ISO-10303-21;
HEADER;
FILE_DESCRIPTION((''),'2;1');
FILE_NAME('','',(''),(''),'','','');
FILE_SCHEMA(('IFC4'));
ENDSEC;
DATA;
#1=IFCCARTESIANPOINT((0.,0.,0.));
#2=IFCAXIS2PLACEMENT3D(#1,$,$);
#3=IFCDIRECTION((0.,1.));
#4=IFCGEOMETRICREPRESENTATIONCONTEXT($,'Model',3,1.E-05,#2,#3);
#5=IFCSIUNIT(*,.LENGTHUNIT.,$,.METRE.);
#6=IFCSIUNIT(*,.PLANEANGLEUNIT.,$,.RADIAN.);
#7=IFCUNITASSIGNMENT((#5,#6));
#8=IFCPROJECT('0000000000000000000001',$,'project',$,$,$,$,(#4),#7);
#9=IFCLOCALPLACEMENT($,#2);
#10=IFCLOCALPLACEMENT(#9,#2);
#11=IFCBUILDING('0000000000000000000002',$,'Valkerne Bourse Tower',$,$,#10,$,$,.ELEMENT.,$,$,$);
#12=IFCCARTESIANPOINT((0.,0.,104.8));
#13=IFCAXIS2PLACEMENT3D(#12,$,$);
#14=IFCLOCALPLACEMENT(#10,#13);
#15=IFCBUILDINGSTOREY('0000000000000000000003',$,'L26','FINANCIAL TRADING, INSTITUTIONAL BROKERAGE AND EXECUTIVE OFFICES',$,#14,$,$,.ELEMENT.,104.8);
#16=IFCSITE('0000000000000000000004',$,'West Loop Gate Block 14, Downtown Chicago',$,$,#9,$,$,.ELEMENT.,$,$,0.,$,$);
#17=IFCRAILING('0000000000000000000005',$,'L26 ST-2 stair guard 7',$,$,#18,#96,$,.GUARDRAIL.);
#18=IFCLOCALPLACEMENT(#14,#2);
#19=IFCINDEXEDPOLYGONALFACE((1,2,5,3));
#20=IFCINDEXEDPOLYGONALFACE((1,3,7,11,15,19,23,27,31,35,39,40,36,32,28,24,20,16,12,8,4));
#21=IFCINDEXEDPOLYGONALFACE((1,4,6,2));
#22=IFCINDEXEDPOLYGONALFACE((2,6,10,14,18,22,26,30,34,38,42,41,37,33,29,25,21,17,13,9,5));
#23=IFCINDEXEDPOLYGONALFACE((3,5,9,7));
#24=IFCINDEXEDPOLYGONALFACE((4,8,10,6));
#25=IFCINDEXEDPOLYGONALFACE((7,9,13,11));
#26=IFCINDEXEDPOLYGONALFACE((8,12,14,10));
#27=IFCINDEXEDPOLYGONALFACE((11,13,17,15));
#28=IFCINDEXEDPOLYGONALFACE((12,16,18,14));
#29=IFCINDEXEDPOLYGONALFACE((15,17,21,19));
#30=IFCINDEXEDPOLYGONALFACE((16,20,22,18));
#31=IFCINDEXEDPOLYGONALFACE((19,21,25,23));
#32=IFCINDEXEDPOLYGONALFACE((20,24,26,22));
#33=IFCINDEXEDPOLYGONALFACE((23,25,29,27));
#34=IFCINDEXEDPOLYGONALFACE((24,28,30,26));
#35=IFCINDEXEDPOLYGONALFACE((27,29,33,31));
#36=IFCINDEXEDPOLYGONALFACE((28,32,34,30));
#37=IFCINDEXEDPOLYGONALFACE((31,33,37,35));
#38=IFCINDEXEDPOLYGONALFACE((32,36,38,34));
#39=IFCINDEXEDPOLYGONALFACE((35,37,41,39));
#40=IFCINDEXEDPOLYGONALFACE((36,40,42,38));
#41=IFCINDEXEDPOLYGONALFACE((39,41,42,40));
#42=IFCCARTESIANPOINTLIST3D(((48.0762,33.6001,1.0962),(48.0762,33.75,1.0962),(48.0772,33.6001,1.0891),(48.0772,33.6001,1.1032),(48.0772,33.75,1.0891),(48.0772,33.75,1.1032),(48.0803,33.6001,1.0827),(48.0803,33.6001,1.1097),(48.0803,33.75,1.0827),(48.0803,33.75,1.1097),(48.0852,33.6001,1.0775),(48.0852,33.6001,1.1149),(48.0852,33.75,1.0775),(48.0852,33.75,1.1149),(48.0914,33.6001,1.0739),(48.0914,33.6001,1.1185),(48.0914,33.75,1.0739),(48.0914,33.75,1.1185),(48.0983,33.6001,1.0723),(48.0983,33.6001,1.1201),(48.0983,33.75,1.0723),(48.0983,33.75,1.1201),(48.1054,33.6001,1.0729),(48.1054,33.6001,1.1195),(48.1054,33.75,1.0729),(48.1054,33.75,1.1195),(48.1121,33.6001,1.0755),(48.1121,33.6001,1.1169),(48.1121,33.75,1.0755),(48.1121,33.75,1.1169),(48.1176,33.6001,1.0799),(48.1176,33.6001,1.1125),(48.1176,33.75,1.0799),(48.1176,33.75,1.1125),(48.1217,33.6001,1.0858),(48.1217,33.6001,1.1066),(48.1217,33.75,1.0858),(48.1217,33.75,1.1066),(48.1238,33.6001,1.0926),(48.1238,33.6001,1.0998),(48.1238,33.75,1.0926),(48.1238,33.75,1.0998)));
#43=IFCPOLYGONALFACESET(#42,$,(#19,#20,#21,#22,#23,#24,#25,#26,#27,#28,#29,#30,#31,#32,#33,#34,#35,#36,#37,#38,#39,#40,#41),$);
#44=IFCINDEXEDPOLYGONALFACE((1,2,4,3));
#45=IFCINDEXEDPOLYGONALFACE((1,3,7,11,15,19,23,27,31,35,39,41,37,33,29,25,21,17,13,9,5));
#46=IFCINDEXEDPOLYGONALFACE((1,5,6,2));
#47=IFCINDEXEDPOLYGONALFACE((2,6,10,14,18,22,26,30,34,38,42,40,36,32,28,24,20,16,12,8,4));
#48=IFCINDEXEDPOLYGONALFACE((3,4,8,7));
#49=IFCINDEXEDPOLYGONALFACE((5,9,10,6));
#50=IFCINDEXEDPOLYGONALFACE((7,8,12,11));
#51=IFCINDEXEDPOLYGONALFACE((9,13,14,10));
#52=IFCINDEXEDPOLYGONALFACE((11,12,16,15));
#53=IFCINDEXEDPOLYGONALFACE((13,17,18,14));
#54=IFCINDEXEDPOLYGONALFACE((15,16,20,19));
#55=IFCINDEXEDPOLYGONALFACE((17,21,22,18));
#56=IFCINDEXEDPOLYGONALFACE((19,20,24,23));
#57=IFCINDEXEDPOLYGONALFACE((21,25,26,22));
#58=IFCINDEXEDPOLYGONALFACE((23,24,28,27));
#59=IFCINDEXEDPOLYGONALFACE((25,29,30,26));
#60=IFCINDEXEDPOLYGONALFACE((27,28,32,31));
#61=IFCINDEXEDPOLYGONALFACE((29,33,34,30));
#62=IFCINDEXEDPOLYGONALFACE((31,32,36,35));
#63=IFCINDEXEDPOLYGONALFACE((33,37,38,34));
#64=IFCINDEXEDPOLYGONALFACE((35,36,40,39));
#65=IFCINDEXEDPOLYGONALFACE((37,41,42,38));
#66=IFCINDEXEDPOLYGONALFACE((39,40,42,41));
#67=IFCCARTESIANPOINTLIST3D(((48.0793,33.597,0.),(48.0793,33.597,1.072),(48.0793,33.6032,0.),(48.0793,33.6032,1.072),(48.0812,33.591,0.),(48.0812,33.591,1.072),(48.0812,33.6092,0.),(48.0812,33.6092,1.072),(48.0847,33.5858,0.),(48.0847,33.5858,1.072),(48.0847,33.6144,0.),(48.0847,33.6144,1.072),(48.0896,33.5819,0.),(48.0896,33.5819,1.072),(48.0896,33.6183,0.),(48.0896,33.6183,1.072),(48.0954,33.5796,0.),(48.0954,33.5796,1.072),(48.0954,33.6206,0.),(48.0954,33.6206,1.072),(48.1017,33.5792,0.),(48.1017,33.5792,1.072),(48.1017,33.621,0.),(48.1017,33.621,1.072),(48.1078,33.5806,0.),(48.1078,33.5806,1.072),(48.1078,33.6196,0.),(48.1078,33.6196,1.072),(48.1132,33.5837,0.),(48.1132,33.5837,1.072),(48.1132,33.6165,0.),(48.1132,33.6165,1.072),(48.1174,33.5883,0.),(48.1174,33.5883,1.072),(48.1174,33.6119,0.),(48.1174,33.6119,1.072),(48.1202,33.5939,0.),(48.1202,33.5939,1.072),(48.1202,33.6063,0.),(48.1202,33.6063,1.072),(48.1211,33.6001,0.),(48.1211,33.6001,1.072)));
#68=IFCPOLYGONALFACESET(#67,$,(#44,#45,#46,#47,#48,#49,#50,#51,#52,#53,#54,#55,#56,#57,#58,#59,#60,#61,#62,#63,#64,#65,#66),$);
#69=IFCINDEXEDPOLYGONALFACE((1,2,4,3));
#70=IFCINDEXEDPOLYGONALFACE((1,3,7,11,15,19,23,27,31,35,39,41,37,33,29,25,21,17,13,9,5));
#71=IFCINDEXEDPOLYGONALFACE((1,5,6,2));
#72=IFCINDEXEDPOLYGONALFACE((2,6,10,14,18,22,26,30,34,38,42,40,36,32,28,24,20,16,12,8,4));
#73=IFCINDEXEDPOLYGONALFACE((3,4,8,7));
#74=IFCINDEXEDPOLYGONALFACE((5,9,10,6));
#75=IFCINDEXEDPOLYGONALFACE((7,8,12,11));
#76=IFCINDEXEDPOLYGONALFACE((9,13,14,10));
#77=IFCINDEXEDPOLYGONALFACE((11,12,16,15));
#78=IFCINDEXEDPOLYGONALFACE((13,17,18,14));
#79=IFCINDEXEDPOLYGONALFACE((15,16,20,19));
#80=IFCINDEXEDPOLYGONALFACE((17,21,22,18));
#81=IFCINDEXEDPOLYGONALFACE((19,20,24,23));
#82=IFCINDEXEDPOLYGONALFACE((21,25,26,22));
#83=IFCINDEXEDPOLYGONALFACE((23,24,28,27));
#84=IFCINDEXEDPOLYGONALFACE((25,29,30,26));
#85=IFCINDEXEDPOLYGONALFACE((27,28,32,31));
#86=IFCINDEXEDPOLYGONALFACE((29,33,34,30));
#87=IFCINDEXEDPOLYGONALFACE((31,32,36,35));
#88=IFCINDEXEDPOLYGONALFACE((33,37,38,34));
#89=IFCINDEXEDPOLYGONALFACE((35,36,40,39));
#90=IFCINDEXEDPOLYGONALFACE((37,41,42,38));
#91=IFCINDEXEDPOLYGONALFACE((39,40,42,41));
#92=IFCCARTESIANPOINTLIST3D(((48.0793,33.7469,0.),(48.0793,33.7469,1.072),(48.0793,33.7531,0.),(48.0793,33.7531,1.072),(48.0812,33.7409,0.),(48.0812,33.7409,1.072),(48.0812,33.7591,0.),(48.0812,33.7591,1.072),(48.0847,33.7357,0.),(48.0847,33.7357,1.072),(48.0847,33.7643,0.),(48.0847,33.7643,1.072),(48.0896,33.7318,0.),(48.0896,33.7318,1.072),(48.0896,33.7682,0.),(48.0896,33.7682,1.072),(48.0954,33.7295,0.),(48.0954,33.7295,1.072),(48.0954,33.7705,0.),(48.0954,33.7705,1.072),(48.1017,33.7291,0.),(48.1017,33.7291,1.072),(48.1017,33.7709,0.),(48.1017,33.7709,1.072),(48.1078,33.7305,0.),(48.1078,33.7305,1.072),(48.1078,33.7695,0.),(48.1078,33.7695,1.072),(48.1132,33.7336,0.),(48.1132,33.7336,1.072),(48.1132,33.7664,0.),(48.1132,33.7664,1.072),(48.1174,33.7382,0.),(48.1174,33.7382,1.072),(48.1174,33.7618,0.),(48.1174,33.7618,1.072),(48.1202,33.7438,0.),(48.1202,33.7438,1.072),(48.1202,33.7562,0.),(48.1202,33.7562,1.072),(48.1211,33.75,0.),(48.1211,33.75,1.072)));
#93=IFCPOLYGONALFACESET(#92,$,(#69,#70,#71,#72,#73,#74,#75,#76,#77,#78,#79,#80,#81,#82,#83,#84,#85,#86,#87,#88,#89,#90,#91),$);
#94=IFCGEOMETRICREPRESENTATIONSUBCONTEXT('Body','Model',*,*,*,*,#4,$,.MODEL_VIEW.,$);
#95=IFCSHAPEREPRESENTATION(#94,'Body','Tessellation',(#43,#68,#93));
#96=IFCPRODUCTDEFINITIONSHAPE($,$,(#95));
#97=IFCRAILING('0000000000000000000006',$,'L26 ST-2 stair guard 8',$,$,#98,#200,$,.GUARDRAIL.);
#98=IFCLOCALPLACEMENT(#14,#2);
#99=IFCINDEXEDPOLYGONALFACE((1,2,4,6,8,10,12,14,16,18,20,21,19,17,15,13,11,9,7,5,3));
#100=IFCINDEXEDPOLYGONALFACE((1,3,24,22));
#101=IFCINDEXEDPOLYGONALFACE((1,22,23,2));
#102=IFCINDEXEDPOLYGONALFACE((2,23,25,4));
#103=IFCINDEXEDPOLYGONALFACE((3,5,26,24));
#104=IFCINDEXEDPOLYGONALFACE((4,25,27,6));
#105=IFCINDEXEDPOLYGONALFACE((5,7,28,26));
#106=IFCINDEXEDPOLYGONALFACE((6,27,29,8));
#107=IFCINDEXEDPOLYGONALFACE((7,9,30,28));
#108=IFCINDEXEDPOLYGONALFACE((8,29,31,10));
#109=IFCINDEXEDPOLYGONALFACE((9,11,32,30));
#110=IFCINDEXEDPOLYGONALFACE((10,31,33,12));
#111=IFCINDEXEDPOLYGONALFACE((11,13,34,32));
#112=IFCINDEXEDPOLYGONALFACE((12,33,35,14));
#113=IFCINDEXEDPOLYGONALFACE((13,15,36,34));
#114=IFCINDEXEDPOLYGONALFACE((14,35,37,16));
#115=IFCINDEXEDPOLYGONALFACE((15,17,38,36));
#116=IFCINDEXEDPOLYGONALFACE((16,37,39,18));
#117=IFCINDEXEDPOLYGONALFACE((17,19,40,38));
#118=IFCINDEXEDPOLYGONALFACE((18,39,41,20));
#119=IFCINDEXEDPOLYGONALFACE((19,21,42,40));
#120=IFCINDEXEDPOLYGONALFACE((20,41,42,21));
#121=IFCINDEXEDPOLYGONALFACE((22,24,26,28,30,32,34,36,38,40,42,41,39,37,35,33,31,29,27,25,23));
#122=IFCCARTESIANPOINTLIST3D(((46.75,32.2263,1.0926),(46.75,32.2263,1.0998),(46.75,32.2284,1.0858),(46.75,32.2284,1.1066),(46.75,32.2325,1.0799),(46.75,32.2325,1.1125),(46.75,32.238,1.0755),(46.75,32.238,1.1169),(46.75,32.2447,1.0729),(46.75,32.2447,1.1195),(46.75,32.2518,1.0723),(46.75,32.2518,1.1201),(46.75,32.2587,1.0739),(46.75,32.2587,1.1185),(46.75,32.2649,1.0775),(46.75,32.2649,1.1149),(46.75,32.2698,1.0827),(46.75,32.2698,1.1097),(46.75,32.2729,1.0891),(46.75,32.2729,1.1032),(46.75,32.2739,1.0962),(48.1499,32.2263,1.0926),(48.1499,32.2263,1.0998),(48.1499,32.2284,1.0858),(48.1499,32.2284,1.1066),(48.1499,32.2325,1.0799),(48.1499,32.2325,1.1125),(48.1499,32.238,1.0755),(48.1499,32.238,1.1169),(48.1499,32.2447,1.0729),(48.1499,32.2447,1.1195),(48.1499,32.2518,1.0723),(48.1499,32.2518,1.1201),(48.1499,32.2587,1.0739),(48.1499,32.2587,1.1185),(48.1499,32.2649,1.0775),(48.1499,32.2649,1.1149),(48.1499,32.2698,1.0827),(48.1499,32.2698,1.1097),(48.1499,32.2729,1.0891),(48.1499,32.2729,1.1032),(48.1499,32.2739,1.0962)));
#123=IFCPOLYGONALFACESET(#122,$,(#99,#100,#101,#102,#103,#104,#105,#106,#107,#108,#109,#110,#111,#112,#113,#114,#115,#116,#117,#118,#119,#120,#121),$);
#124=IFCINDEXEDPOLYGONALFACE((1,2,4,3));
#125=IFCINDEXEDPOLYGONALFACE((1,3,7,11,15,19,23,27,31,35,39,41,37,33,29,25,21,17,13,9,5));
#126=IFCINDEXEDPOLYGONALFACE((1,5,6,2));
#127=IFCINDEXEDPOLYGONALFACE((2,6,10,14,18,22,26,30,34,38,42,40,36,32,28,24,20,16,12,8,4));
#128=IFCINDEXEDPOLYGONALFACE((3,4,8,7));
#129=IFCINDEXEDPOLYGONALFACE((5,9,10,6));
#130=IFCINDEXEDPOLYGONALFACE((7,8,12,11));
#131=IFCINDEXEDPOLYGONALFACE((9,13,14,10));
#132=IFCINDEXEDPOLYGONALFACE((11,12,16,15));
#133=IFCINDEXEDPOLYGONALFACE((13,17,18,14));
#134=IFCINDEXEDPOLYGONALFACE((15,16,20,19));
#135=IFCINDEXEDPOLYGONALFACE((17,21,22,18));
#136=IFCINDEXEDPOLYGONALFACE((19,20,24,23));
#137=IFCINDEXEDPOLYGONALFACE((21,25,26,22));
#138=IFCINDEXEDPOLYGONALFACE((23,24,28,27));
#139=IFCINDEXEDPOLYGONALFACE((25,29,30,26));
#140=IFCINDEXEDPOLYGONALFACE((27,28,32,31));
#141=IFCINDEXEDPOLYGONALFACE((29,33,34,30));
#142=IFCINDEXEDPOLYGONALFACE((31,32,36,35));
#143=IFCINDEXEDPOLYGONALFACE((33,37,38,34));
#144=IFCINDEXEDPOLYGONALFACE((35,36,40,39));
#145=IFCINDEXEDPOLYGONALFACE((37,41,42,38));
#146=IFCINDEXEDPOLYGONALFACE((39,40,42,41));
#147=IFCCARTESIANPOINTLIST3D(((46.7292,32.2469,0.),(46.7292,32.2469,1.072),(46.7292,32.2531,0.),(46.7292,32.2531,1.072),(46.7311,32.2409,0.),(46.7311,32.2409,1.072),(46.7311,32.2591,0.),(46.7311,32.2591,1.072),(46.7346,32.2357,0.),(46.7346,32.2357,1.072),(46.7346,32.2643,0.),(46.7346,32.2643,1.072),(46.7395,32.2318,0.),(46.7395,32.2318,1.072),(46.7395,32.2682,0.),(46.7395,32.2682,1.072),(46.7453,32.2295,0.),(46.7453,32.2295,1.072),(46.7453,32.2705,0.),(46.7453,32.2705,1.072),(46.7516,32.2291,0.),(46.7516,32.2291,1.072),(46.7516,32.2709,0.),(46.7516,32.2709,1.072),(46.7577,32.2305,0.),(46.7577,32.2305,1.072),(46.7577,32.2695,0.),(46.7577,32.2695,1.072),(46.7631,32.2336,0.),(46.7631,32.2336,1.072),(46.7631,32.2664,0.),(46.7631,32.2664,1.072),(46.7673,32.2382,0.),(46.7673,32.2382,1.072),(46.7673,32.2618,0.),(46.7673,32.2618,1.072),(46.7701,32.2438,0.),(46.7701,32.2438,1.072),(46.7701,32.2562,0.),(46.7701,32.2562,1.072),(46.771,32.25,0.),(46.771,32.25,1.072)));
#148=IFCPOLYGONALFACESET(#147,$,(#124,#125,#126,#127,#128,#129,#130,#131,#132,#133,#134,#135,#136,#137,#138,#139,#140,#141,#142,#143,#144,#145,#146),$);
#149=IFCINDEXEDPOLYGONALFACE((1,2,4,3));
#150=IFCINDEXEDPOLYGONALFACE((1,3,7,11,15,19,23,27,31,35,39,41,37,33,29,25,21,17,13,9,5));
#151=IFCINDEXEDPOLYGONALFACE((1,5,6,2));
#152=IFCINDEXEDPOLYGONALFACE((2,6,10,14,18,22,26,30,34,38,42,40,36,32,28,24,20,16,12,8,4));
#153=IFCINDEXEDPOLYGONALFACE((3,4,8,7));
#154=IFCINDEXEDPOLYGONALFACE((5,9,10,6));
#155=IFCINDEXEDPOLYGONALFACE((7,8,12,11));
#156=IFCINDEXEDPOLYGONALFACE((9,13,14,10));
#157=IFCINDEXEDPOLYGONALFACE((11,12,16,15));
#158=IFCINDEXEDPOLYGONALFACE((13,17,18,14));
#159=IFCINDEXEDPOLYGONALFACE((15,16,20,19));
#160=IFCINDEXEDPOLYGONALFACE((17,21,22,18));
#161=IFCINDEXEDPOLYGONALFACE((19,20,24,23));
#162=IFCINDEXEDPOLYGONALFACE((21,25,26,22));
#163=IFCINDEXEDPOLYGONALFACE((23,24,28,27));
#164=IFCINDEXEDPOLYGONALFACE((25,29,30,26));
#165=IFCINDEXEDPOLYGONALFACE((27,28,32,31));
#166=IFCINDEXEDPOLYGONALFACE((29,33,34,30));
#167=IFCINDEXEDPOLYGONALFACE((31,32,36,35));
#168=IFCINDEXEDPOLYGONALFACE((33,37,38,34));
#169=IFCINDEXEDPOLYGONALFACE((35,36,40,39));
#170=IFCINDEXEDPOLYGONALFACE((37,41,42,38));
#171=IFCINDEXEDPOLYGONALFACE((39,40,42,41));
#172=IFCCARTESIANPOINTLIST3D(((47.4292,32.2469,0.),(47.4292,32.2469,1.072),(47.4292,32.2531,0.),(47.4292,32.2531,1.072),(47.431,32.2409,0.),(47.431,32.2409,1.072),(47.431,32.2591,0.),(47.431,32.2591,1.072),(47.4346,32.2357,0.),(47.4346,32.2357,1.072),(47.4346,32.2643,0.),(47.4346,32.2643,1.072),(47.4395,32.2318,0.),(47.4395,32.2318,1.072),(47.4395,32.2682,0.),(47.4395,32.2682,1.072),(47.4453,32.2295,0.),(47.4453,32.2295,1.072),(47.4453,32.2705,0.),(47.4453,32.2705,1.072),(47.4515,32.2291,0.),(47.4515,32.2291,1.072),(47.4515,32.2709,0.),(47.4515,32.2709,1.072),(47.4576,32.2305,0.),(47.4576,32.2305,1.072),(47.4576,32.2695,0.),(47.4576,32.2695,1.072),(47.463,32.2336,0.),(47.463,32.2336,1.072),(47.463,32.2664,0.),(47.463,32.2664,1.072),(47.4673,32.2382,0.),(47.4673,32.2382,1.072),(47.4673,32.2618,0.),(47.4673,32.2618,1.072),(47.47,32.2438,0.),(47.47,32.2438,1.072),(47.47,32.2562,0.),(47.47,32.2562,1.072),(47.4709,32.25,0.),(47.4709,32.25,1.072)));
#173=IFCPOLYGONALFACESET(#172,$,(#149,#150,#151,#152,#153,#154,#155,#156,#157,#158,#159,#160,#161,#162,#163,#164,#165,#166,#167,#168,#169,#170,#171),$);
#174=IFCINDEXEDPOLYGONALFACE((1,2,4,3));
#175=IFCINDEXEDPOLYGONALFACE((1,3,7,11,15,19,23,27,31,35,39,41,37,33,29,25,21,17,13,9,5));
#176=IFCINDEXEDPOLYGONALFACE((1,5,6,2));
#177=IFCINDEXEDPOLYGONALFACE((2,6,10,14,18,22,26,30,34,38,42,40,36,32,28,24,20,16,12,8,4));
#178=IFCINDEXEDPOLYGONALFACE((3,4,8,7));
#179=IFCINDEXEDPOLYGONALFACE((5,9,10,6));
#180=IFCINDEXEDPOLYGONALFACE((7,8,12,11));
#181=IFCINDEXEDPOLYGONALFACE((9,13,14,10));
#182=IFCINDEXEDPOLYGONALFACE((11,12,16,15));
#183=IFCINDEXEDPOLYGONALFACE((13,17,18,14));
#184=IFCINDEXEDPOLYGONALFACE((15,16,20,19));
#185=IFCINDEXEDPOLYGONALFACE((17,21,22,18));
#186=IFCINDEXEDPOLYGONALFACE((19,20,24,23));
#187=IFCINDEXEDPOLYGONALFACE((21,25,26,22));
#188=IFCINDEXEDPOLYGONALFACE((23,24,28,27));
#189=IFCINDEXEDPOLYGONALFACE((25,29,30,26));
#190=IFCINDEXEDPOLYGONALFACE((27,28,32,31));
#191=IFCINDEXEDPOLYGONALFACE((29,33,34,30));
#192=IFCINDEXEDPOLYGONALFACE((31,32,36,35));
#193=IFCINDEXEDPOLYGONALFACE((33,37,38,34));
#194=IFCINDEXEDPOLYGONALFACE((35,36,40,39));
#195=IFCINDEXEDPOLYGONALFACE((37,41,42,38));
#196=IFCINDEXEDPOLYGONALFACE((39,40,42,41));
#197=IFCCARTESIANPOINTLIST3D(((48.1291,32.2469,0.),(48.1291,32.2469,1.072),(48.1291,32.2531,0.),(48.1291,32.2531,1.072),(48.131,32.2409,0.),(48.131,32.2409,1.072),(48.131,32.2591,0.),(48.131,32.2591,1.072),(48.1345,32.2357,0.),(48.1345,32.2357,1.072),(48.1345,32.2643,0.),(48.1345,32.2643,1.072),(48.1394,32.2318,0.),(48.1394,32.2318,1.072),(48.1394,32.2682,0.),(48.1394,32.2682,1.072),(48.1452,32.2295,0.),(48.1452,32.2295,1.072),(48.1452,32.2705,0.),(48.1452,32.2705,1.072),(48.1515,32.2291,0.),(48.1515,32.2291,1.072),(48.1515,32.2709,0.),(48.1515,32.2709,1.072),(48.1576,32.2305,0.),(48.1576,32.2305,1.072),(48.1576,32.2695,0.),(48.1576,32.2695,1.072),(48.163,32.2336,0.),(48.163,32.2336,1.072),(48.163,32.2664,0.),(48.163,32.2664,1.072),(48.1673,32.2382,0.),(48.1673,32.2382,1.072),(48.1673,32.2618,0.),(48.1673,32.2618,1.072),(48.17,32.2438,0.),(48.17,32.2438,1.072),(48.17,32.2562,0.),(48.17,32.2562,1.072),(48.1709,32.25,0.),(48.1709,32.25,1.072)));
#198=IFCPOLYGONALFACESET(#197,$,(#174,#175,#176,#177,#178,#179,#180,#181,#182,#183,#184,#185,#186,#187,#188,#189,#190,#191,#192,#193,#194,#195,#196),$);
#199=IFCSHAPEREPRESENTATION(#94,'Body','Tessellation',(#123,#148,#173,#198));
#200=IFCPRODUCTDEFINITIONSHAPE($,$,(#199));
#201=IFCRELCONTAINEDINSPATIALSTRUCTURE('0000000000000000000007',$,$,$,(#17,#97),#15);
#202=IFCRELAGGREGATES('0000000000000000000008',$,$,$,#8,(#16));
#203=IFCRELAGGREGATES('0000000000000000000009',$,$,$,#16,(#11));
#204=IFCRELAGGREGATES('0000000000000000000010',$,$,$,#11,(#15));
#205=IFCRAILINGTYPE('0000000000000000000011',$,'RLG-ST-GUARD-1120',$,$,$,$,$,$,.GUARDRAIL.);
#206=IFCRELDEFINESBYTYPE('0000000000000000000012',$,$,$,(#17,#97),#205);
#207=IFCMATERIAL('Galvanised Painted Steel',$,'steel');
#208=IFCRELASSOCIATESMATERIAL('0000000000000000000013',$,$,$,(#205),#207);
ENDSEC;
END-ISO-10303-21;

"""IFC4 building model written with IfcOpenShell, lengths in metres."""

from ifc_helpers import new_model, si_unit, direction, frame, origin, origin_2d, place, context, subcontext, project, spatial, circle, extrude, material, type_object, element, save


model = new_model("IFC4")

# Units and contexts
model_context = context("Model", 3, precision=1e-05, world=origin(), true_north=direction((0.0, 1.0)))
body_context = subcontext(model_context, "Body", "Model", "MODEL_VIEW")
ifc_project = project(units=[si_unit("LENGTHUNIT", "METRE"), si_unit("PLANEANGLEUNIT", "RADIAN")], contexts=[model_context])

# Site, building, storey
site_placement = place(None, origin())
site = spatial("IfcSite", under=ifc_project, at=site_placement, Name="West Loop Gate Block 14, Downtown Chicago", CompositionType="ELEMENT", RefElevation=0.0)
building_placement = place(site_placement, origin())
building = spatial("IfcBuilding", under=site, at=building_placement, Name="Valkerne Bourse Tower", CompositionType="ELEMENT")
storey_placement = place(building_placement, frame((0.0, 0.0, 104.8)))
storey = spatial("IfcBuildingStorey", under=building, at=storey_placement, Name="L26", Description="FINANCIAL TRADING, INSTITUTIONAL BROKERAGE AND EXECUTIVE OFFICES", CompositionType="ELEMENT", Elevation=104.8)

# Shared definitions
ifc_material_1 = material(Name="Galvanised Painted Steel", Category="steel")

# Railings
railing_type_1 = type_object("IfcRailingType", Name="RLG-ST-GUARD-1120", PredefinedType="GUARDRAIL", material=ifc_material_1)
railing_1_placement = place(storey_placement, frame((48.1001, 33.6001, 0.0)))
element("IfcRailing", 1, at=railing_1_placement, inside=storey, type_object=railing_type_1, Name="L26 ST-2 stair guard 7", PredefinedType="GUARDRAIL", context=body_context, shape_type="SweptSolid", body=[
    extrude(circle(Radius=0.0239, at=origin_2d()), frame((0.0, 0.0, 1.0962), z_axis=(0.0, 1.0, 0.0), x_axis=(-1.0, 0.0, 0.0)), (0.0, 0.0, 1.0), 0.1499),
    extrude(circle(Radius=0.021, at=origin_2d()), origin(), (0.0, 0.0, 1.0), 1.072),
    extrude(circle(Radius=0.021, at=origin_2d()), frame((0.0, 0.1499, 0.0)), (0.0, 0.0, 1.0), 1.072),
])
for number, where, name in (
    (2, (46.75, 32.25, 0.0), "L26 ST-2 stair guard 8"),
):
    element("IfcRailing", number, at=place(storey_placement, frame(where)), inside=storey, type_object=railing_type_1, Name=name, PredefinedType="GUARDRAIL", context=body_context, shape_type="SweptSolid", body=[
        extrude(circle(Radius=0.0239, at=origin_2d()), frame((0.0, 0.0, 1.0962), z_axis=(1.0, 0.0, 0.0), x_axis=(0.0, 1.0, 0.0)), (0.0, 0.0, 1.0), 1.3999),
        extrude(circle(Radius=0.021, at=origin_2d()), origin(), (0.0, 0.0, 1.0), 1.072),
        extrude(circle(Radius=0.021, at=origin_2d()), frame((0.7, 0.0, 0.0)), (0.0, 0.0, 1.0), 1.072),
        extrude(circle(Radius=0.021, at=origin_2d()), frame((1.3999, 0.0, 0.0)), (0.0, 0.0, 1.0), 1.072),
    ])

save(model, "model.ifc")
